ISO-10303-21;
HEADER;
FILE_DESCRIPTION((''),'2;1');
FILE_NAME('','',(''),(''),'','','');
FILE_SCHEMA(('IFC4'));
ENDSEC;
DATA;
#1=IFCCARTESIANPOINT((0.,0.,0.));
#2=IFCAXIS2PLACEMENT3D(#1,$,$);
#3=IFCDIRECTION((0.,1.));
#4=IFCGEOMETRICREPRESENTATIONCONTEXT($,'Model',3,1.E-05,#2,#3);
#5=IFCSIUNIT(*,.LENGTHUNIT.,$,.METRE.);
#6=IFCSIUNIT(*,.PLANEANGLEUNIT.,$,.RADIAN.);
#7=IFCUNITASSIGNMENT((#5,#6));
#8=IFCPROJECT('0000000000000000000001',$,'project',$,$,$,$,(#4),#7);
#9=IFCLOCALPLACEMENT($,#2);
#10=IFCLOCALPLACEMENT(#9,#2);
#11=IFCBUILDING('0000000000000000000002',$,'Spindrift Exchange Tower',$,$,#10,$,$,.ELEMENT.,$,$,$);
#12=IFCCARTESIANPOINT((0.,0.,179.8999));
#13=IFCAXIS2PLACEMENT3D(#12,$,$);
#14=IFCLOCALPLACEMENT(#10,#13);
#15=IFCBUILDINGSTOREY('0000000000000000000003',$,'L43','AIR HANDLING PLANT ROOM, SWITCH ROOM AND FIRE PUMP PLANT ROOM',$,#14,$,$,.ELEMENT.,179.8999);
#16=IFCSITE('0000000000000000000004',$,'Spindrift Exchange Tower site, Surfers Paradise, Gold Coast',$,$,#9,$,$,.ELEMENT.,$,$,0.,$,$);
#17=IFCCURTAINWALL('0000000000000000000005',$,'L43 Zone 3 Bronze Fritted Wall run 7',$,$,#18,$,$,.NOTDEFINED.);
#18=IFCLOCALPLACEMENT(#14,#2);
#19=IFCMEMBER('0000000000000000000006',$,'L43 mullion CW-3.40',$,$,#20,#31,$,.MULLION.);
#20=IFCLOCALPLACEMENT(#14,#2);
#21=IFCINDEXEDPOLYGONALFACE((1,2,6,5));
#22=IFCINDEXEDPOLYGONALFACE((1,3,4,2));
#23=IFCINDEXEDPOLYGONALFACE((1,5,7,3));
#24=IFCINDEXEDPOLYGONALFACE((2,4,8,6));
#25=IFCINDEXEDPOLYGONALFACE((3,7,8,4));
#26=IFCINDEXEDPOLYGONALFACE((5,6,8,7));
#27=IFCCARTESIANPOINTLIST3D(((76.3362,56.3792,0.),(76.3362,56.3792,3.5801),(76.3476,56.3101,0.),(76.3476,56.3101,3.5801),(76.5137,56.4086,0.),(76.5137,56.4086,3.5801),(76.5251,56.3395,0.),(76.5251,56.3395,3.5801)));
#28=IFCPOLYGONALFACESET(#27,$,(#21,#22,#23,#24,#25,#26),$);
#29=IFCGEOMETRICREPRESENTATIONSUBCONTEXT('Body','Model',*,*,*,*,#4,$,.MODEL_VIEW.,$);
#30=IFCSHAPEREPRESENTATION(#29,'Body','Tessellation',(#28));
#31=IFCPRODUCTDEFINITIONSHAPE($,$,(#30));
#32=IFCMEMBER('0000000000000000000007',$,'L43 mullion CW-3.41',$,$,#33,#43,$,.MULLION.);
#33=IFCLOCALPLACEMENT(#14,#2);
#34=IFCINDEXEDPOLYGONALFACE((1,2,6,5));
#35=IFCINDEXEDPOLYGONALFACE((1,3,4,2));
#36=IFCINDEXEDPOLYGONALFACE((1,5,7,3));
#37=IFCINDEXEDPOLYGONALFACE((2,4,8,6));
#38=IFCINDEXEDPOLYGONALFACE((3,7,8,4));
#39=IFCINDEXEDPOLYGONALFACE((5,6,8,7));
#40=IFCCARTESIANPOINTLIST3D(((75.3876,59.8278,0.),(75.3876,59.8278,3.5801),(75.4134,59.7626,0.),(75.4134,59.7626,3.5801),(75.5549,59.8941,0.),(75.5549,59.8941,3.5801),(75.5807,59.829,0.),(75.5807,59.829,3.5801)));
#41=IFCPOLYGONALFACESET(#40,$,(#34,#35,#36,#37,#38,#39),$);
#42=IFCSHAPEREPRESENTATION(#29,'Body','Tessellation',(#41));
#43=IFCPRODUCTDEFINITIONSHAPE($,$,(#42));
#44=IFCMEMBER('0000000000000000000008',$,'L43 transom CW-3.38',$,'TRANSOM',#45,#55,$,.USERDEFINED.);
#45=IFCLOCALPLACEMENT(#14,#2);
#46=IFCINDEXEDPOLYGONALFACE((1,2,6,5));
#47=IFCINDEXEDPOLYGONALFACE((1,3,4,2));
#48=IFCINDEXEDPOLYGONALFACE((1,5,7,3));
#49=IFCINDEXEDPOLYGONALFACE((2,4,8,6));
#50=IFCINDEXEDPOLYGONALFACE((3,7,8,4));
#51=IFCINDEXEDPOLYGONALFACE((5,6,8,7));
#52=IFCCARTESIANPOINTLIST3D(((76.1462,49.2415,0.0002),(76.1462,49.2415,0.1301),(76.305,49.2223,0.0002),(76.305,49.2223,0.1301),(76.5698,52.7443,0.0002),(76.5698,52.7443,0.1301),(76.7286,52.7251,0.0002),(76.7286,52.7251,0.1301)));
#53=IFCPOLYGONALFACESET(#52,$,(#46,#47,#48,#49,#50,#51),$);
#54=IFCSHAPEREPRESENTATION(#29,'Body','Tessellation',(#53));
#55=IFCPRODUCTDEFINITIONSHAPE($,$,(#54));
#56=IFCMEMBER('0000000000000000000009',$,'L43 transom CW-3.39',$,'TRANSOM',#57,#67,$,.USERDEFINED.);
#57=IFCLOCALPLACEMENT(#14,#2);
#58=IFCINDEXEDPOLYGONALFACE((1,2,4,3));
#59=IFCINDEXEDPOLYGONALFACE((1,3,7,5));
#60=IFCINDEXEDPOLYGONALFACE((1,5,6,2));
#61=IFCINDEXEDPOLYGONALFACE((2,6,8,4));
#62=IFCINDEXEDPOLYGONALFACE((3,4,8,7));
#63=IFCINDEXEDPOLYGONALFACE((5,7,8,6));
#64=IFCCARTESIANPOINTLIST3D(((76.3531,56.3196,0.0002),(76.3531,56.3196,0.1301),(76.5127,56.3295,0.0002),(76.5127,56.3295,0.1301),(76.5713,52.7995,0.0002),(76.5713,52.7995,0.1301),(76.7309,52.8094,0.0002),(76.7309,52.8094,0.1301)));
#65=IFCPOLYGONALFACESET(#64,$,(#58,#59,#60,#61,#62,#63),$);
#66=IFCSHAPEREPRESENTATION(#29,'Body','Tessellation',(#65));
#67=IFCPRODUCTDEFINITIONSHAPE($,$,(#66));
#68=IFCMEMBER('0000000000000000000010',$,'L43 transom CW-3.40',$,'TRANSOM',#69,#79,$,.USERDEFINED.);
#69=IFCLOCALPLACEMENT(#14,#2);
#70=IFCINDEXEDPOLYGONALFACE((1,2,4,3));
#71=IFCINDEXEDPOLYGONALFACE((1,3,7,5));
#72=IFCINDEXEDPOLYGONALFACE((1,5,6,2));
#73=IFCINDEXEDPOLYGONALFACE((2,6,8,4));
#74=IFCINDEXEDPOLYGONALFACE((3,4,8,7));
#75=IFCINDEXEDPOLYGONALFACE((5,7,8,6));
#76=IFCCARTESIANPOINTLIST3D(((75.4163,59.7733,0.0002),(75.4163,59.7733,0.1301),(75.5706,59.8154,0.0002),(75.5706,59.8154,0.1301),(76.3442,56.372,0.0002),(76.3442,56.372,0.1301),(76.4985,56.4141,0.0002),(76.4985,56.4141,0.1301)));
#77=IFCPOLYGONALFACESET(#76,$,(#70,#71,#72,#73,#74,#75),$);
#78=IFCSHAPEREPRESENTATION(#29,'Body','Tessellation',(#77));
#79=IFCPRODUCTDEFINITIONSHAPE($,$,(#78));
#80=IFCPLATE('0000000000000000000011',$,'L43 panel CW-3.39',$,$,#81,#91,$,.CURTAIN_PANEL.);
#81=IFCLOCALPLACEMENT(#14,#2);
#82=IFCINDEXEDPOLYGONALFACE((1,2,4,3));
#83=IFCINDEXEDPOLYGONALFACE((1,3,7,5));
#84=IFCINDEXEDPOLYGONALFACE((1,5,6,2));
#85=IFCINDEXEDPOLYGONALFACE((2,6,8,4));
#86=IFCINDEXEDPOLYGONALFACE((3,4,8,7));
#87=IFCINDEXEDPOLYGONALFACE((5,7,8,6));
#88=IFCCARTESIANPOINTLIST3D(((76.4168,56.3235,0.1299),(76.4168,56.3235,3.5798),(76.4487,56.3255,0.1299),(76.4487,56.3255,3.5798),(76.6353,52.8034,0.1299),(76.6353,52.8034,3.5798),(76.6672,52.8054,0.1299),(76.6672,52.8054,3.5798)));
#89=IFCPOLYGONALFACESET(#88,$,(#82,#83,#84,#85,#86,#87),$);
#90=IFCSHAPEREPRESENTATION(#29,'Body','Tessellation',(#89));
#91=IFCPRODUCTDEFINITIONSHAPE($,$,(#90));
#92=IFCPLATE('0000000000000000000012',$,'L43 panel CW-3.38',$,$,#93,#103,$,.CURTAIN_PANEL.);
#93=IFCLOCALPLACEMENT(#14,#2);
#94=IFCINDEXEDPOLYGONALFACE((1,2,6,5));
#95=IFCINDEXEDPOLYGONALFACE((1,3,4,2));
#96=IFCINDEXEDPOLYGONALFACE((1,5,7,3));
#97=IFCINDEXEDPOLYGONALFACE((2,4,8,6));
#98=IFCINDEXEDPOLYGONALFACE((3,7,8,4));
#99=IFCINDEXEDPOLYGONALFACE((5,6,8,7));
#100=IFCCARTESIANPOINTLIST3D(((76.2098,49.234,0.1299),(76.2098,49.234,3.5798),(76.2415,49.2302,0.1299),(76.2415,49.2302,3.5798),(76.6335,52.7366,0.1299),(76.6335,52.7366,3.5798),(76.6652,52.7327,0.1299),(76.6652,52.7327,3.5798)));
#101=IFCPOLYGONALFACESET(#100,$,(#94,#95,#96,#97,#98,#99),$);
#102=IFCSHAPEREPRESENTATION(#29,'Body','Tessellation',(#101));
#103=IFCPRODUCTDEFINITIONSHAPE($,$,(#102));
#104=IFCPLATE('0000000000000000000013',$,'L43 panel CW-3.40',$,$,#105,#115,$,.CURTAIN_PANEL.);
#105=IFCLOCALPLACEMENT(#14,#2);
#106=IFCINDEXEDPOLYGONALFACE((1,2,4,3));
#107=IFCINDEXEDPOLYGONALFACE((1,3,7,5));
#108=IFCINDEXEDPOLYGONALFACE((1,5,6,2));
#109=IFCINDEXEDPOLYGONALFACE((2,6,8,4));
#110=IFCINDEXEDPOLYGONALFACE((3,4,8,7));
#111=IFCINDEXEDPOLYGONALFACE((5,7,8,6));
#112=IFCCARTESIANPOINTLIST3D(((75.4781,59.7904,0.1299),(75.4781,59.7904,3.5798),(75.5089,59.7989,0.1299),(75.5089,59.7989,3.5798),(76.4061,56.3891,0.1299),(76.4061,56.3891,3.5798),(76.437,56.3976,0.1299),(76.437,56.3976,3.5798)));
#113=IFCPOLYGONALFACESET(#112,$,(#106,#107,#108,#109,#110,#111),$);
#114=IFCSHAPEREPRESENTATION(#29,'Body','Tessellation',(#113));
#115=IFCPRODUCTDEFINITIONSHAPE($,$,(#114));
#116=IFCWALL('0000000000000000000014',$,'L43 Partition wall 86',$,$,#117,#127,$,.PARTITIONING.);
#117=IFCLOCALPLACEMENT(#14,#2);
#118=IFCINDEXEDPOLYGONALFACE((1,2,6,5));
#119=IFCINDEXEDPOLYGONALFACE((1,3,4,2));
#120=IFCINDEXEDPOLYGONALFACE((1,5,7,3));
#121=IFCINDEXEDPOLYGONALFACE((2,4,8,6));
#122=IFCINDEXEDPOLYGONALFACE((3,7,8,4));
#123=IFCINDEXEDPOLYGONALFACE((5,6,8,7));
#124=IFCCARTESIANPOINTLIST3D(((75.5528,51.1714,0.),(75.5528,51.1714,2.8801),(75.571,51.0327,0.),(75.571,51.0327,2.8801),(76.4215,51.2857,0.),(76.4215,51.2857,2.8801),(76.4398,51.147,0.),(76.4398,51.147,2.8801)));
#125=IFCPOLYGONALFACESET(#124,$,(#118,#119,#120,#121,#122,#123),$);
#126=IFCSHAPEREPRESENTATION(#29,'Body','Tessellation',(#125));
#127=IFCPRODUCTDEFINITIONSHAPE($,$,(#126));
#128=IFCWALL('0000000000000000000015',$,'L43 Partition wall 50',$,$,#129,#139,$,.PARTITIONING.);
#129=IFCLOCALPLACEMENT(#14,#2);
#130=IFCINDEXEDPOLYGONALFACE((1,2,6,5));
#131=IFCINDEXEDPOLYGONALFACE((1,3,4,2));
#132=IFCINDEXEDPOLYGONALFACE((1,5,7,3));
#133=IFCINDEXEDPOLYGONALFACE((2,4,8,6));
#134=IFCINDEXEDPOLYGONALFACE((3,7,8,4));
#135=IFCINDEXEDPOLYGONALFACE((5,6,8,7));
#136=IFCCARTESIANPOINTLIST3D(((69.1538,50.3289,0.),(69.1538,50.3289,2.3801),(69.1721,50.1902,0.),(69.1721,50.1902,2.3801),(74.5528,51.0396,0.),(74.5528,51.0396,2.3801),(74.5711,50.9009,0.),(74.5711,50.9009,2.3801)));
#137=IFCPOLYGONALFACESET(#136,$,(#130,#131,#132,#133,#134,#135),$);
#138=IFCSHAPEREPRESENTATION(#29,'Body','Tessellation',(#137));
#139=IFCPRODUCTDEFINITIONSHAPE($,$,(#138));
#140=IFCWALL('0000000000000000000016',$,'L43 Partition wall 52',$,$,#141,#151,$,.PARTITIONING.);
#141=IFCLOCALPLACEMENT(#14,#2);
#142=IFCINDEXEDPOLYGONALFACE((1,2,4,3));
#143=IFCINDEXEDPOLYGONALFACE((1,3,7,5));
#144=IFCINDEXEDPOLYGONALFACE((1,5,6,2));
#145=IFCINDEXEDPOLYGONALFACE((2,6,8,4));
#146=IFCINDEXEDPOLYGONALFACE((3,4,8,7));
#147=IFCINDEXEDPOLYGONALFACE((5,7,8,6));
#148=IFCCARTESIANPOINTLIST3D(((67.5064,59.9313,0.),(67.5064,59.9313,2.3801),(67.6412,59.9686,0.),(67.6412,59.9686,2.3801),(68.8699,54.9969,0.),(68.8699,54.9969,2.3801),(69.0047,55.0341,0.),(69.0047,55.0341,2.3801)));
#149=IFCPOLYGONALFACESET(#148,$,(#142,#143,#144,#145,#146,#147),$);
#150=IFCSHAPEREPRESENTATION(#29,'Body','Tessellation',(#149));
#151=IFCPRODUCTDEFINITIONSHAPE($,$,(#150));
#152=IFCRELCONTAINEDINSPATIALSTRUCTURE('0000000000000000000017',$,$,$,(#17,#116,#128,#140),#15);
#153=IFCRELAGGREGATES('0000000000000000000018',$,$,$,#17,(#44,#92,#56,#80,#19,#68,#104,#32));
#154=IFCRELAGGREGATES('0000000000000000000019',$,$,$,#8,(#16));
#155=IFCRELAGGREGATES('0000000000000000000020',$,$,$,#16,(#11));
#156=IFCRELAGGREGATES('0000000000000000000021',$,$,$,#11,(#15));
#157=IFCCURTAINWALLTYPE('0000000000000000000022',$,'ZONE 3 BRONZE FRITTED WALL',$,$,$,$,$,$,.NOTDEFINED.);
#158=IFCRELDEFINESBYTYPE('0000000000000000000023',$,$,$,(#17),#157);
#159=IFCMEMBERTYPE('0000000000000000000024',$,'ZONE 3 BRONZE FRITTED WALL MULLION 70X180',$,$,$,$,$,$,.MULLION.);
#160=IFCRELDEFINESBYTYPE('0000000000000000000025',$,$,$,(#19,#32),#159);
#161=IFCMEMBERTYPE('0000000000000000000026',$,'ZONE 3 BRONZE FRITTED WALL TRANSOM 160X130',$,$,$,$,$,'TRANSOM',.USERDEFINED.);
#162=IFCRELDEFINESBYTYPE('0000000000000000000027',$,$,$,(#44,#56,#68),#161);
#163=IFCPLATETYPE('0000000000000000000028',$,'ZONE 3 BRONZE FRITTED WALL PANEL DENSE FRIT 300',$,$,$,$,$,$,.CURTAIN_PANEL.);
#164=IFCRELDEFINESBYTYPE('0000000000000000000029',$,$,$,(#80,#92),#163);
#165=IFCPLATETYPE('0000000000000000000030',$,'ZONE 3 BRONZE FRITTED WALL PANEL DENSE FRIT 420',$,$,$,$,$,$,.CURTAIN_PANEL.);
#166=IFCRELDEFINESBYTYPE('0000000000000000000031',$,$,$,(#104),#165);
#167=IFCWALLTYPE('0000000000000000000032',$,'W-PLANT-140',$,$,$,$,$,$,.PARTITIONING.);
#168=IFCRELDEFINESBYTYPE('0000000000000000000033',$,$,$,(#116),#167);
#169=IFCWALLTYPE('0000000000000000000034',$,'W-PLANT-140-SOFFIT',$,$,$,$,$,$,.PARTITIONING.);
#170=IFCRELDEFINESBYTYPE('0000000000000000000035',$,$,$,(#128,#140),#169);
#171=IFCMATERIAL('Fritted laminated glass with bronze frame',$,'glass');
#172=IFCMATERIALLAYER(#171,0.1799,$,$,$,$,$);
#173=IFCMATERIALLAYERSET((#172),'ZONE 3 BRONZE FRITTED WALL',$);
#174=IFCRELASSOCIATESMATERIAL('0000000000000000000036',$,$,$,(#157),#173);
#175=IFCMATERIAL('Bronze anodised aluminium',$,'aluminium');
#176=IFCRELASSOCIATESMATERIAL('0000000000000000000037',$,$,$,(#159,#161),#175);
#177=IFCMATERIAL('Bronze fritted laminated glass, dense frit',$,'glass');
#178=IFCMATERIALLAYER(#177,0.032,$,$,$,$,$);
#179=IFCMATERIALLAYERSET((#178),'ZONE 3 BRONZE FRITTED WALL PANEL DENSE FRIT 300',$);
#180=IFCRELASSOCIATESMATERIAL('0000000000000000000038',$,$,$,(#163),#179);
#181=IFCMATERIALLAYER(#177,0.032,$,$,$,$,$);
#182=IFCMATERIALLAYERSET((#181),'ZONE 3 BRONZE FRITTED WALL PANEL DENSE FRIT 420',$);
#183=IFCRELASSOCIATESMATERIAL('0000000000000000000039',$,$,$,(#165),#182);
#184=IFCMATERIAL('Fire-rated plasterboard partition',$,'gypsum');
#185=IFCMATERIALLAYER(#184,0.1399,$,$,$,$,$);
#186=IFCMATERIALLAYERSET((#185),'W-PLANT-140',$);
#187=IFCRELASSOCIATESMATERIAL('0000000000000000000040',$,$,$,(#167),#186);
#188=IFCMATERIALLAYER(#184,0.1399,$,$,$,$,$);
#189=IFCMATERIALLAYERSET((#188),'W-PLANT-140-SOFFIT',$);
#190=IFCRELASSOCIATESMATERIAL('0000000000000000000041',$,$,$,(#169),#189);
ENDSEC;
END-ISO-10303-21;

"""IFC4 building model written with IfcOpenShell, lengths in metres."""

from ifc_helpers import new_model, si_unit, direction, frame, frame_2d, origin, origin_2d, place, context, subcontext, project, spatial, rectangle, extrude, source, transform, mapped, material, layer, layer_set, material_profile, profile_set, type_object, element, aggregate, save


model = new_model("IFC4")

# Units and contexts
model_context = context("Model", 3, precision=1e-05, world=origin(), true_north=direction((0.0, 1.0)))
body_context = subcontext(model_context, "Body", "Model", "MODEL_VIEW")
ifc_project = project(units=[si_unit("LENGTHUNIT", "METRE"), si_unit("PLANEANGLEUNIT", "RADIAN")], contexts=[model_context])

# Site, building, storey
site_placement = place(None, origin())
site = spatial("IfcSite", under=ifc_project, at=site_placement, Name="Spindrift Exchange Tower site, Surfers Paradise, Gold Coast", CompositionType="ELEMENT", RefElevation=0.0)
building_placement = place(site_placement, origin())
building = spatial("IfcBuilding", under=site, at=building_placement, Name="Spindrift Exchange Tower", CompositionType="ELEMENT")
storey_placement = place(building_placement, frame((0.0, 0.0, 179.8999)))
storey = spatial("IfcBuildingStorey", under=building, at=storey_placement, Name="L43", Description="AIR HANDLING PLANT ROOM, SWITCH ROOM AND FIRE PUMP PLANT ROOM", CompositionType="ELEMENT", Elevation=179.8999)

# Curtain wall, members, plates
ifc_material_1 = material(Name="Fritted laminated glass with bronze frame", Category="glass")
ifc_layer_1 = layer(ifc_material_1, 0.1799)
ifc_layer_set_1 = layer_set([ifc_layer_1], Name="ZONE 3 BRONZE FRITTED WALL")
curtain_wall_type = type_object("IfcCurtainWallType", Name="ZONE 3 BRONZE FRITTED WALL", PredefinedType="NOTDEFINED", material=ifc_layer_set_1)
curtain_wall_placement = place(storey_placement, origin())
curtain_wall = element("IfcCurtainWall", 1, at=curtain_wall_placement, inside=storey, type_object=curtain_wall_type, Name="L43 Zone 3 Bronze Fritted Wall run 7", PredefinedType="NOTDEFINED")
ifc_material_2 = material(Name="Bronze anodised aluminium", Category="aluminium")
ifc_material_profile_1 = material_profile(ifc_material_2, rectangle(XDim=0.0701, YDim=0.1799, at=origin_2d()), Name="ZONE 3 BRONZE FRITTED WALL MULLION 70X180")
ifc_profile_set_1 = profile_set([ifc_material_profile_1], Name="Bronze anodised aluminium")
member_type_1 = type_object("IfcMemberType", Name="ZONE 3 BRONZE FRITTED WALL MULLION 70X180", PredefinedType="MULLION", material=ifc_profile_set_1)
shared_shape_1 = source(origin(), body_context, "Body", "SweptSolid", [
    extrude(rectangle(XDim=0.0701, YDim=0.1799, at=origin_2d()), origin(), (0.0, 0.0, 1.0), 3.5801),
])
member_1_placement = place(storey_placement, frame((76.4307, 56.3594, 0.0), z_axis=(0.0, 0.0, 1.0), x_axis=(-0.163439, 0.986553, 0.0)))
member_1 = element("IfcMember", 2, at=member_1_placement, type_object=member_type_1, Name="L43 mullion CW-3.40", PredefinedType="MULLION", context=body_context, shape_type="MappedRepresentation", body=[
    mapped(shared_shape_1, transform((0.0, 0.0, 0.0), scale=1.0)),
])
member_2_placement = place(storey_placement, frame((75.4841, 59.8284, 0.0), z_axis=(0.0, 0.0, 1.0), x_axis=(-0.368488, 0.929633, 0.0)))
member_2 = element("IfcMember", 3, at=member_2_placement, type_object=member_type_1, Name="L43 mullion CW-3.41", PredefinedType="MULLION", context=body_context, shape_type="MappedRepresentation", body=[
    mapped(shared_shape_1, transform((0.0, 0.0, 0.0), scale=1.0)),
])
ifc_material_profile_2 = material_profile(ifc_material_2, rectangle(XDim=0.1599, YDim=0.1299, at=origin_2d()), Name="ZONE 3 BRONZE FRITTED WALL TRANSOM 160X130")
ifc_profile_set_2 = profile_set([ifc_material_profile_2], Name="Bronze anodised aluminium")
member_type_2 = type_object("IfcMemberType", Name="ZONE 3 BRONZE FRITTED WALL TRANSOM 160X130", ElementType="TRANSOM", PredefinedType="USERDEFINED", material=ifc_profile_set_2)
shared_shape_2 = source(origin(), body_context, "Body", "SweptSolid", [
    extrude(rectangle(XDim=0.1599, YDim=0.1299, at=origin_2d()), origin(), (0.0, 0.0, 1.0), 3.5283),
])
member_3_placement = place(storey_placement, frame((76.2256, 49.2319, 0.0652), z_axis=(0.120057, 0.992767, 0.0), x_axis=(-0.992767, 0.120057, 0.0)))
member_3 = element("IfcMember", 4, at=member_3_placement, type_object=member_type_2, Name="L43 transom CW-3.38", ObjectType="TRANSOM", PredefinedType="USERDEFINED", context=body_context, shape_type="MappedRepresentation", body=[
    mapped(shared_shape_2, transform((0.0, 0.0, 0.0), scale=1.0)),
])
shared_shape_3 = source(origin(), body_context, "Body", "SweptSolid", [
    extrude(rectangle(XDim=0.1599, YDim=0.1299, at=origin_2d()), origin(), (0.0, 0.0, 1.0), 3.5269),
])
member_4_placement = place(storey_placement, frame((76.6511, 52.8044, 0.0652), z_axis=(-0.061887, 0.998083, 0.0), x_axis=(-0.998083, -0.061887, 0.0)))
member_4 = element("IfcMember", 5, at=member_4_placement, type_object=member_type_2, Name="L43 transom CW-3.39", ObjectType="TRANSOM", PredefinedType="USERDEFINED", context=body_context, shape_type="MappedRepresentation", body=[
    mapped(shared_shape_3, transform((0.0, 0.0, 0.0), scale=1.0)),
])
shared_shape_4 = source(origin(), body_context, "Body", "SweptSolid", [
    extrude(rectangle(XDim=0.1599, YDim=0.1299, at=origin_2d()), origin(), (0.0, 0.0, 1.0), 3.5256),
])
member_5_placement = place(storey_placement, frame((76.4214, 56.3931, 0.0652), z_axis=(-0.263205, 0.96474, 0.0), x_axis=(-0.96474, -0.263205, 0.0)))
member_5 = element("IfcMember", 6, at=member_5_placement, type_object=member_type_2, Name="L43 transom CW-3.40", ObjectType="TRANSOM", PredefinedType="USERDEFINED", context=body_context, shape_type="MappedRepresentation", body=[
    mapped(shared_shape_4, transform((0.0, 0.0, 0.0), scale=1.0)),
])
ifc_material_3 = material(Name="Bronze fritted laminated glass, dense frit", Category="glass")
ifc_layer_2 = layer(ifc_material_3, 0.032)
ifc_layer_set_2 = layer_set([ifc_layer_2], Name="ZONE 3 BRONZE FRITTED WALL PANEL DENSE FRIT 300")
plate_type_1 = type_object("IfcPlateType", Name="ZONE 3 BRONZE FRITTED WALL PANEL DENSE FRIT 300", PredefinedType="CURTAIN_PANEL", material=ifc_layer_set_2)
shared_shape_5 = source(origin(), body_context, "Body", "SweptSolid", [
    extrude(rectangle(XDim=3.5269, YDim=0.032, at=origin_2d()), origin(), (0.0, 0.0, 1.0), 3.45),
])
plate_1_placement = place(storey_placement, frame((76.542, 54.5645, 0.1299), z_axis=(0.0, 0.0, 1.0), x_axis=(-0.061942, 0.99808, 0.0)))
plate_1 = element("IfcPlate", 7, at=plate_1_placement, type_object=plate_type_1, Name="L43 panel CW-3.39", PredefinedType="CURTAIN_PANEL", context=body_context, shape_type="MappedRepresentation", body=[
    mapped(shared_shape_5, transform((0.0, 0.0, 0.0), scale=1.0)),
])
shared_shape_6 = source(origin(), body_context, "Body", "SweptSolid", [
    extrude(rectangle(XDim=3.5281, YDim=0.032, at=origin_2d()), origin(), (0.0, 0.0, 1.0), 3.45),
])
plate_2_placement = place(storey_placement, frame((76.4375, 50.9834, 0.1299), z_axis=(0.0, 0.0, 1.0), x_axis=(0.12009, 0.992763, 0.0)))
plate_2 = element("IfcPlate", 8, at=plate_2_placement, type_object=plate_type_1, Name="L43 panel CW-3.38", PredefinedType="CURTAIN_PANEL", context=body_context, shape_type="MappedRepresentation", body=[
    mapped(shared_shape_6, transform((0.0, 0.0, 0.0), scale=1.0)),
])
ifc_layer_3 = layer(ifc_material_3, 0.032)
ifc_layer_set_3 = layer_set([ifc_layer_3], Name="ZONE 3 BRONZE FRITTED WALL PANEL DENSE FRIT 420")
plate_type_2 = type_object("IfcPlateType", Name="ZONE 3 BRONZE FRITTED WALL PANEL DENSE FRIT 420", PredefinedType="CURTAIN_PANEL", material=ifc_layer_set_3)
shared_shape_7 = source(origin(), body_context, "Body", "SweptSolid", [
    extrude(rectangle(XDim=3.5256, YDim=0.032, at=origin_2d()), origin(), (0.0, 0.0, 1.0), 3.45),
])
plate_3_placement = place(storey_placement, frame((75.9575, 58.094, 0.1299), z_axis=(0.0, 0.0, 1.0), x_axis=(-0.26323, 0.964733, 0.0)))
plate_3 = element("IfcPlate", 9, at=plate_3_placement, type_object=plate_type_2, Name="L43 panel CW-3.40", PredefinedType="CURTAIN_PANEL", context=body_context, shape_type="MappedRepresentation", body=[
    mapped(shared_shape_7, transform((0.0, 0.0, 0.0), scale=1.0)),
])
aggregate(curtain_wall, [member_3, plate_2, member_4, plate_1, member_1, member_5, plate_3, member_2])

# Walls
ifc_material_4 = material(Name="Fire-rated plasterboard partition", Category="gypsum")
ifc_layer_4 = layer(ifc_material_4, 0.1399)
ifc_layer_set_4 = layer_set([ifc_layer_4], Name="W-PLANT-140")
wall_type_1 = type_object("IfcWallType", Name="W-PLANT-140", PredefinedType="PARTITIONING", material=ifc_layer_set_4)
wall_1_placement = place(storey_placement, frame((75.562, 51.1021, 0.0), z_axis=(0.0, 0.0, 1.0), x_axis=(0.99146, 0.130411, 0.0)))
element("IfcWall", 10, at=wall_1_placement, inside=storey, type_object=wall_type_1, Name="L43 Partition wall 86", PredefinedType="PARTITIONING", context=body_context, shape_type="SweptSolid", body=[
    extrude(rectangle(XDim=0.8762, YDim=0.1399, at=frame_2d((0.438, 0.0))), origin(), (0.0, 0.0, 1.0), 2.8801),
])
ifc_layer_5 = layer(ifc_material_4, 0.1399)
ifc_layer_set_5 = layer_set([ifc_layer_5], Name="W-PLANT-140-SOFFIT")
wall_type_2 = type_object("IfcWallType", Name="W-PLANT-140-SOFFIT", PredefinedType="PARTITIONING", material=ifc_layer_set_5)
wall_2_placement = place(storey_placement, frame((69.1631, 50.2595, 0.0), z_axis=(0.0, 0.0, 1.0), x_axis=(0.991447, 0.13051, 0.0)))
element("IfcWall", 11, at=wall_2_placement, inside=storey, type_object=wall_type_2, Name="L43 Partition wall 50", PredefinedType="PARTITIONING", context=body_context, shape_type="SweptSolid", body=[
    extrude(rectangle(XDim=5.4456, YDim=0.1399, at=frame_2d((2.7227, 0.0))), origin(), (0.0, 0.0, 1.0), 2.3801),
])
wall_3_placement = place(storey_placement, frame((68.9373, 55.0156, 0.0), z_axis=(0.0, 0.0, 1.0), x_axis=(-0.26634, 0.963879, 0.0)))
element("IfcWall", 12, at=wall_3_placement, inside=storey, type_object=wall_type_2, Name="L43 Partition wall 52", PredefinedType="PARTITIONING", context=body_context, shape_type="SweptSolid", body=[
    extrude(rectangle(XDim=5.1194, YDim=0.1399, at=frame_2d((2.5596, 0.0))), origin(), (0.0, 0.0, 1.0), 2.3801),
])

save(model, "model.ifc")
